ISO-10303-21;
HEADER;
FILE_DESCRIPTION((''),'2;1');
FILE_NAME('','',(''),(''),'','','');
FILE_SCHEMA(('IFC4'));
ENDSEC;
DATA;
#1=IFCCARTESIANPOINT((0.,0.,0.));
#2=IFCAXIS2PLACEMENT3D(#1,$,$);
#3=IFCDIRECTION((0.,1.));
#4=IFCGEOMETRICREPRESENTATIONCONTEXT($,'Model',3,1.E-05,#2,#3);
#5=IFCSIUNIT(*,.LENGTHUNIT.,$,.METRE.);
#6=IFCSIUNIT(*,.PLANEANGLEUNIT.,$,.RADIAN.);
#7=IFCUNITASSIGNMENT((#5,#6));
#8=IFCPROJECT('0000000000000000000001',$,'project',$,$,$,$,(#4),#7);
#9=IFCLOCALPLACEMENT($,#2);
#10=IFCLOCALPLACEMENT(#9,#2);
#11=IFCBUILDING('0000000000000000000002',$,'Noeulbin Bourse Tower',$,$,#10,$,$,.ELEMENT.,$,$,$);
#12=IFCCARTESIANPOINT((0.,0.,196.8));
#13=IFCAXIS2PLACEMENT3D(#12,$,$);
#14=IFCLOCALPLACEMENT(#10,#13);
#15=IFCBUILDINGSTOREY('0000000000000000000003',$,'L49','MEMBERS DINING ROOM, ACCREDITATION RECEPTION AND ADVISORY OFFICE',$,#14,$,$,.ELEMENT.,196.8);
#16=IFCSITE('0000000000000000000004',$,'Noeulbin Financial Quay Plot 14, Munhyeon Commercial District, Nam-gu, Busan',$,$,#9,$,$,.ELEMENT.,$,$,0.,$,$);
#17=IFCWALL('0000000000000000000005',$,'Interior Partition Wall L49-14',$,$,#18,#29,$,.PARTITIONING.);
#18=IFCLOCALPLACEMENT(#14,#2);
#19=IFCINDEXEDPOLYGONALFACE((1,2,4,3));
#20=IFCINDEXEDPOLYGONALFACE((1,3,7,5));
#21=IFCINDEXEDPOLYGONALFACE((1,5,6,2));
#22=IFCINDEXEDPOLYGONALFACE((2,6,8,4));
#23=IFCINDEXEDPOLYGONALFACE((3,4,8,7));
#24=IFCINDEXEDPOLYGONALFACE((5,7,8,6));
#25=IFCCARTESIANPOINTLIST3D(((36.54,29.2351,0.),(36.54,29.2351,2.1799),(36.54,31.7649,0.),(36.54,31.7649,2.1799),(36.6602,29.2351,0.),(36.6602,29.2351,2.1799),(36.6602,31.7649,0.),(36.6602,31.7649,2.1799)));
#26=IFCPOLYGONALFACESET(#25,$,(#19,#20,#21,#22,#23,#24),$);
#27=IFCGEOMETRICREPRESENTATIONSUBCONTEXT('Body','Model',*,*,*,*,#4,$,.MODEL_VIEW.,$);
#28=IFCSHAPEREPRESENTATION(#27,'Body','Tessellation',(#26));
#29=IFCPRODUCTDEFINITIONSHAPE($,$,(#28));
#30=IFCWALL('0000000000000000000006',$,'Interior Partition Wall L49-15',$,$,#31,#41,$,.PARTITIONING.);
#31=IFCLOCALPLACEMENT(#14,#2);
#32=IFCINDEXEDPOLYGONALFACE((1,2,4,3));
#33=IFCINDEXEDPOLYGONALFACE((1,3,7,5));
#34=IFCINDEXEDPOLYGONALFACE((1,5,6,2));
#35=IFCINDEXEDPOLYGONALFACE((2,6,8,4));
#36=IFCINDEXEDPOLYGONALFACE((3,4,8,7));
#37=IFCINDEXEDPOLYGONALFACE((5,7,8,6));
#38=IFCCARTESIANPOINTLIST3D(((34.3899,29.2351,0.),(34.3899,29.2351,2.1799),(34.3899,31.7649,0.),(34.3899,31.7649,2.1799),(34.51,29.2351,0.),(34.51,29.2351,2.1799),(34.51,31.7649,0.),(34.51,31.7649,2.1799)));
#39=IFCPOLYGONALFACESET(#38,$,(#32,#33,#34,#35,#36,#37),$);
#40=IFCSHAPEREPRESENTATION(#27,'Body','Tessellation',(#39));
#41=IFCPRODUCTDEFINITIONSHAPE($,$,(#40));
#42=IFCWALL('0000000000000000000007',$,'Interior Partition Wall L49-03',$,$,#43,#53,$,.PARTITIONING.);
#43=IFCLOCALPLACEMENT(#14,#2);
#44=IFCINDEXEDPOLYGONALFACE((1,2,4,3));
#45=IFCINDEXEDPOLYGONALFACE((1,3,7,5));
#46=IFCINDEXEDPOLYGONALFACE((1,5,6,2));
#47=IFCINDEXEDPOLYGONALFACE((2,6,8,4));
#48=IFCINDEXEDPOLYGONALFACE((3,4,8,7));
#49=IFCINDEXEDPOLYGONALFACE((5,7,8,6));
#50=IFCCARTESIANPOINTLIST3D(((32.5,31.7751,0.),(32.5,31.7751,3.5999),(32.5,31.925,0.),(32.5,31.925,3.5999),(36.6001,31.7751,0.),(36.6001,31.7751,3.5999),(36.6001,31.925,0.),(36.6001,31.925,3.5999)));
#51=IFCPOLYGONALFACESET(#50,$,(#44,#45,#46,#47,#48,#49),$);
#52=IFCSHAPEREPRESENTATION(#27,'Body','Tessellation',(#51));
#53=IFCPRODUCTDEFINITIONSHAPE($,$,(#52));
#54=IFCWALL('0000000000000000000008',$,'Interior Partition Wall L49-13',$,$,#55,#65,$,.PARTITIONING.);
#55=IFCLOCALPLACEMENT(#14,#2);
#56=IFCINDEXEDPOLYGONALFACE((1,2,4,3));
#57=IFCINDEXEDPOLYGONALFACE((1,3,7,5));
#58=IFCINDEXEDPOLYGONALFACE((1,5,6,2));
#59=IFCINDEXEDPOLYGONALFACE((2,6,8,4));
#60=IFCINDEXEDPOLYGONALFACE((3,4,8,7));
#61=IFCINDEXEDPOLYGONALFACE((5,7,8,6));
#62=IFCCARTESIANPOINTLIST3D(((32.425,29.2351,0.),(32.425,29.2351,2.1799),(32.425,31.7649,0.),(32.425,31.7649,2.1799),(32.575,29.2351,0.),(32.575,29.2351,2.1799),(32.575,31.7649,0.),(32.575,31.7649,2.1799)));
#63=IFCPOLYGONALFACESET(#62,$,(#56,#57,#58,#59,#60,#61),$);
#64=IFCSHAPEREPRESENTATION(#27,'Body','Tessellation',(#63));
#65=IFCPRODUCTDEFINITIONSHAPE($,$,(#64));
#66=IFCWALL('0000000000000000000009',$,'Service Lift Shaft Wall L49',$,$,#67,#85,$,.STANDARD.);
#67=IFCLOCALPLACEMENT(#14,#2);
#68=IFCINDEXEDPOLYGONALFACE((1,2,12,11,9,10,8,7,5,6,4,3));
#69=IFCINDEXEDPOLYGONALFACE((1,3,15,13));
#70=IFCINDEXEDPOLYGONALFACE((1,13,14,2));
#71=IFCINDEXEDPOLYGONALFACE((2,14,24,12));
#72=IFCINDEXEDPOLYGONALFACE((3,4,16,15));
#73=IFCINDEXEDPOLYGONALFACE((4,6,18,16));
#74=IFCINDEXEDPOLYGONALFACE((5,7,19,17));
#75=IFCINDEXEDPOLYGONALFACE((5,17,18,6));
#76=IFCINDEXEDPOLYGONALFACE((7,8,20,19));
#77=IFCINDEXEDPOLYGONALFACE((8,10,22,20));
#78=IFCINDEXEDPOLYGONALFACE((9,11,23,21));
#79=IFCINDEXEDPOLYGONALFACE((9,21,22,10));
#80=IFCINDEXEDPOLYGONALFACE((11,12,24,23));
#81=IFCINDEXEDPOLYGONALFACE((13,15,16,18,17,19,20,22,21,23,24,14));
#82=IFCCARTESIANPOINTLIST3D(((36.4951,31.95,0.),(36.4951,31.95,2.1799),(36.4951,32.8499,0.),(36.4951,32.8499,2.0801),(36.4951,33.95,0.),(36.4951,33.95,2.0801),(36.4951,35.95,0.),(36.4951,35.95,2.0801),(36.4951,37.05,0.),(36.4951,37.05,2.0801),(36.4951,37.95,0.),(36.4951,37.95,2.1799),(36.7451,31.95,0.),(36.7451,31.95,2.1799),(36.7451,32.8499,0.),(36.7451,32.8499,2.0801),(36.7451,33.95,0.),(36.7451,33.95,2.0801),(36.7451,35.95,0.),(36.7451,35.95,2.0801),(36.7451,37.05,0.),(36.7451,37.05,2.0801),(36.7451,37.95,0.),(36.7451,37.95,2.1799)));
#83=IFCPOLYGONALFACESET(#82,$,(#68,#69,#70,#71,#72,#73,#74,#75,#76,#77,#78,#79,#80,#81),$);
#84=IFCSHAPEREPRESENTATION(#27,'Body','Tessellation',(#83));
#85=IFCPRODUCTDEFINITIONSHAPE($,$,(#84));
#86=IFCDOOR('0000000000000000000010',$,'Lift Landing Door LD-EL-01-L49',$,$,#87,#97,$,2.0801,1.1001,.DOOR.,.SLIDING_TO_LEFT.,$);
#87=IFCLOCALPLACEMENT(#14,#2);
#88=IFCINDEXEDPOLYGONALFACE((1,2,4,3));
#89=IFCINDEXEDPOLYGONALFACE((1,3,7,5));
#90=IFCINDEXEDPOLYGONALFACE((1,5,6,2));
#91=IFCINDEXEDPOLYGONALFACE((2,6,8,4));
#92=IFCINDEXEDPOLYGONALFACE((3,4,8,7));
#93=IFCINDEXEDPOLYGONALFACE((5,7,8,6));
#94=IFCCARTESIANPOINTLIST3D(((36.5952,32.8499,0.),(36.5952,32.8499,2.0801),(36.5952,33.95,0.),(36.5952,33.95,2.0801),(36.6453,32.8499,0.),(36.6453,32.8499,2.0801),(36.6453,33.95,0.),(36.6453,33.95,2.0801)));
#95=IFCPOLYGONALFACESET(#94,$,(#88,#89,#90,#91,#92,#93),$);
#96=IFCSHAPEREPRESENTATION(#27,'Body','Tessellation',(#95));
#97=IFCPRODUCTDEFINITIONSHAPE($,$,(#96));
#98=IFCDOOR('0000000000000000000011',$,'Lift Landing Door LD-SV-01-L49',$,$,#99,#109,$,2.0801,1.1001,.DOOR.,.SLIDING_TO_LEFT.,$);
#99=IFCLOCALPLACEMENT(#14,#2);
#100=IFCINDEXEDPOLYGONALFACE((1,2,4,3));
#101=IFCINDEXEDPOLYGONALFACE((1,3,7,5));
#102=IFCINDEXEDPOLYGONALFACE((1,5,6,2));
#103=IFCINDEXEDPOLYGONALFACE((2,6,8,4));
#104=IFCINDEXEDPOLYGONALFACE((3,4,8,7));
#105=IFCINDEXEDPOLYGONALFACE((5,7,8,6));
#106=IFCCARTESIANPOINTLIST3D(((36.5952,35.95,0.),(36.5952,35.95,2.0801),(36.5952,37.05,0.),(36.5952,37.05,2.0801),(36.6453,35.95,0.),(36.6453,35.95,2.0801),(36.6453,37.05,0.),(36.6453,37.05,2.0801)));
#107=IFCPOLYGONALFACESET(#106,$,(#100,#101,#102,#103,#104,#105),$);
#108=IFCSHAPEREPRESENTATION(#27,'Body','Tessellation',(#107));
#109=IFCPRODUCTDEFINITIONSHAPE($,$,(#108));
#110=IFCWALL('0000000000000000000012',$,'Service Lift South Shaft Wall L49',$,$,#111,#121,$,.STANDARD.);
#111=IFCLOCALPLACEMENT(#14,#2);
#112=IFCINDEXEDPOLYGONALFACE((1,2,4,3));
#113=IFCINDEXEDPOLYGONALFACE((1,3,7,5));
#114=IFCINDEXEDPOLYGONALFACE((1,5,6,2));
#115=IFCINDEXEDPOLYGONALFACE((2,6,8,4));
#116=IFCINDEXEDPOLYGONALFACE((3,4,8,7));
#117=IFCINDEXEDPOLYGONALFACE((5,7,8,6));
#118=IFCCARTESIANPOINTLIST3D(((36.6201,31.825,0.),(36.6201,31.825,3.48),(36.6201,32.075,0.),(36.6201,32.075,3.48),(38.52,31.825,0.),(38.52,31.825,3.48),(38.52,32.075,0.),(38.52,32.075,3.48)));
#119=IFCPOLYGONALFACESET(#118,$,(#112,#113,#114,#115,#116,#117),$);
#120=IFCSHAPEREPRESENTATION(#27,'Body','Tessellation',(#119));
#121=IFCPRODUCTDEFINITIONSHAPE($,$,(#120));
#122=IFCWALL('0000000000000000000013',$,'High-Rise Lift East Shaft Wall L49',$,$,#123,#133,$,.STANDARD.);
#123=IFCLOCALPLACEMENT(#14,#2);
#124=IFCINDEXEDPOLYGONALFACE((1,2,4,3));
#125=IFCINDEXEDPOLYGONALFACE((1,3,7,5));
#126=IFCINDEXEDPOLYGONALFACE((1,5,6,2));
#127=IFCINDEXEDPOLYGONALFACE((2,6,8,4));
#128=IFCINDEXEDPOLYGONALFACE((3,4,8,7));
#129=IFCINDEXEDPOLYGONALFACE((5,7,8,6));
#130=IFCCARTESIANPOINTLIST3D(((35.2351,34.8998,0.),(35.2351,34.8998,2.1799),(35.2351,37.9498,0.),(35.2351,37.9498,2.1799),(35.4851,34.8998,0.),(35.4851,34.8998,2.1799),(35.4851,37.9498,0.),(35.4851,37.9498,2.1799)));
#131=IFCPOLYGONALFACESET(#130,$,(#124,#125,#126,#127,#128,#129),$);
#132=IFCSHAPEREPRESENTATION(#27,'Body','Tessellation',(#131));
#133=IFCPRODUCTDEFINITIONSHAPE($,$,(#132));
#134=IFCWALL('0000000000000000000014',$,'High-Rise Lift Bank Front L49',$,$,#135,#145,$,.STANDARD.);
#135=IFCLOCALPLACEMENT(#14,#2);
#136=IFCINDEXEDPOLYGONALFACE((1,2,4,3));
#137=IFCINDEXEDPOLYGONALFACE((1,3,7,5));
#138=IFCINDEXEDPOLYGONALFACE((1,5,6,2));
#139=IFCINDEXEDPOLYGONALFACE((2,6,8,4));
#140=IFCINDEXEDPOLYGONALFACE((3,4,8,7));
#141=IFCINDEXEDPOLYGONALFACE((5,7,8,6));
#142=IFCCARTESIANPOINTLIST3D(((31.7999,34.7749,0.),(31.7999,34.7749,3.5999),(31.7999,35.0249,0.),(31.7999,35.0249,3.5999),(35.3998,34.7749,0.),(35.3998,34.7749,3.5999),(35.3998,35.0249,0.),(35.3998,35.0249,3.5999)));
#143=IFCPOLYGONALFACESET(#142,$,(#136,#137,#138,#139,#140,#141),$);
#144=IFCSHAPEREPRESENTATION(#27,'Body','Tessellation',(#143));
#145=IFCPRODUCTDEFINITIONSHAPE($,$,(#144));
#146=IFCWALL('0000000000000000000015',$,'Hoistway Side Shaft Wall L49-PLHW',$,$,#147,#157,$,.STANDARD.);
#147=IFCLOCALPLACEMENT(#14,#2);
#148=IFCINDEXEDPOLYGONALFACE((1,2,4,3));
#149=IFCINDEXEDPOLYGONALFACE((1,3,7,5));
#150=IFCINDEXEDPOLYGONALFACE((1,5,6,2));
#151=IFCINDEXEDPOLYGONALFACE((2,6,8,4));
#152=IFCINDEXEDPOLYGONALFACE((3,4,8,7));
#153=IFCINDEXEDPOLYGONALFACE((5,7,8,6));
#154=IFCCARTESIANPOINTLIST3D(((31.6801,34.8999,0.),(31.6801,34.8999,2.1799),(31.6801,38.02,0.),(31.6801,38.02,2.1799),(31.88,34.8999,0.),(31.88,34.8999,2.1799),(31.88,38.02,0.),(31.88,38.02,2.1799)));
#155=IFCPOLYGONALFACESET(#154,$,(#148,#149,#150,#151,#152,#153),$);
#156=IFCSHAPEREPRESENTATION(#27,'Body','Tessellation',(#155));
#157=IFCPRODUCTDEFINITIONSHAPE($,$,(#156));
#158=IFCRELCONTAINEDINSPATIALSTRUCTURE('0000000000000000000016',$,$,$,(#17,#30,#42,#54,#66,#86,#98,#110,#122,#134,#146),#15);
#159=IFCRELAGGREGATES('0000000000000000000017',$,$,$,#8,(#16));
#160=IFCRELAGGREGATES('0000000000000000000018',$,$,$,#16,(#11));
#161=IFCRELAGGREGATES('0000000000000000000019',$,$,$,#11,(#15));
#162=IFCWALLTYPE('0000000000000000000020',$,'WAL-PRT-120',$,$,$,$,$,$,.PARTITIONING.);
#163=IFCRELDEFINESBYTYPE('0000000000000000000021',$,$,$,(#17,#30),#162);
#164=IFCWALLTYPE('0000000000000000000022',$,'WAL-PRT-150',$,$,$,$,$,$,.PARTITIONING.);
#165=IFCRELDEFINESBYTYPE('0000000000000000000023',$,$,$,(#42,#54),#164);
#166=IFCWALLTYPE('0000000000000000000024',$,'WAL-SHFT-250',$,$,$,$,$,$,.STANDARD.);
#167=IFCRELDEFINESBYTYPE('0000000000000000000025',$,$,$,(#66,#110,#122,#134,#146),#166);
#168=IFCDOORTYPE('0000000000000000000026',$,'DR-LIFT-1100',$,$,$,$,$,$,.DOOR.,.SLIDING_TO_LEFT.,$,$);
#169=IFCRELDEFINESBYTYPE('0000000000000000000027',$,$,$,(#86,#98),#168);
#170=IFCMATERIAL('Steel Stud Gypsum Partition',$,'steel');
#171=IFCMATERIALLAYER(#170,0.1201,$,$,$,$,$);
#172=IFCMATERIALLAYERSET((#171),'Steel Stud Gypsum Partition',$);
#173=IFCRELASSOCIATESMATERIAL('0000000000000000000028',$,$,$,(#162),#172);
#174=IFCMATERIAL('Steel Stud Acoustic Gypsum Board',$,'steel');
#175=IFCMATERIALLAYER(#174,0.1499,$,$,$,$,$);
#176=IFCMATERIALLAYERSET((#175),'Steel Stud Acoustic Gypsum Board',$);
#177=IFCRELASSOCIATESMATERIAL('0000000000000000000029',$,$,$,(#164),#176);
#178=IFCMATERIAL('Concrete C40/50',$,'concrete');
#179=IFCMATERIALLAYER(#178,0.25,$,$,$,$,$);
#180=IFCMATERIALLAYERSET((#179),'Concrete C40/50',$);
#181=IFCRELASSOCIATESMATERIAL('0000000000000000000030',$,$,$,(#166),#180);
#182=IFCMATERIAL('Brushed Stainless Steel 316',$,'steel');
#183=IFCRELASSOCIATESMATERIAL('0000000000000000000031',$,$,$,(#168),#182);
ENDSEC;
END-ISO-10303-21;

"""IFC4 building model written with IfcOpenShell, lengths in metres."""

from ifc_helpers import new_model, si_unit, direction, frame, frame_2d, origin, place, context, subcontext, project, spatial, rectangle, extrude, material, layer, layer_set, type_object, element, fill, save


model = new_model("IFC4")

# Units and contexts
model_context = context("Model", 3, precision=1e-05, world=origin(), true_north=direction((0.0, 1.0)))
body_context = subcontext(model_context, "Body", "Model", "MODEL_VIEW")
ifc_project = project(units=[si_unit("LENGTHUNIT", "METRE"), si_unit("PLANEANGLEUNIT", "RADIAN")], contexts=[model_context])

# Site, building, storey
site_placement = place(None, origin())
site = spatial("IfcSite", under=ifc_project, at=site_placement, Name="Noeulbin Financial Quay Plot 14, Munhyeon Commercial District, Nam-gu, Busan", CompositionType="ELEMENT", RefElevation=0.0)
building_placement = place(site_placement, origin())
building = spatial("IfcBuilding", under=site, at=building_placement, Name="Noeulbin Bourse Tower", CompositionType="ELEMENT")
storey_placement = place(building_placement, frame((0.0, 0.0, 196.8)))
storey = spatial("IfcBuildingStorey", under=building, at=storey_placement, Name="L49", Description="MEMBERS DINING ROOM, ACCREDITATION RECEPTION AND ADVISORY OFFICE", CompositionType="ELEMENT", Elevation=196.8)

# Walls
ifc_material_1 = material(Name="Steel Stud Gypsum Partition", Category="steel")
ifc_layer_1 = layer(ifc_material_1, 0.1201)
ifc_layer_set_1 = layer_set([ifc_layer_1], Name="Steel Stud Gypsum Partition")
wall_type_1 = type_object("IfcWallType", Name="WAL-PRT-120", PredefinedType="PARTITIONING", material=ifc_layer_set_1)
for number, where, z_axis, x_axis, name in (
    (1, (36.6001, 29.2351, 0.0), (0.0, 0.0, 1.0), (0.0, 1.0, 0.0), "Interior Partition Wall L49-14"),
    (2, (34.45, 29.2351, 0.0), (0.0, 0.0, 1.0), (0.0, 1.0, 0.0), "Interior Partition Wall L49-15"),
):
    element("IfcWall", number, at=place(storey_placement, frame(where, z_axis=z_axis, x_axis=x_axis)), inside=storey, type_object=wall_type_1, Name=name, PredefinedType="PARTITIONING", context=body_context, shape_type="SweptSolid", body=[
        extrude(rectangle(XDim=2.5298, YDim=0.1201, at=frame_2d((1.2649, 0.0))), origin(), (0.0, 0.0, 1.0), 2.1799),
    ])
ifc_material_2 = material(Name="Steel Stud Acoustic Gypsum Board", Category="steel")
ifc_layer_2 = layer(ifc_material_2, 0.1499)
ifc_layer_set_2 = layer_set([ifc_layer_2], Name="Steel Stud Acoustic Gypsum Board")
wall_type_2 = type_object("IfcWallType", Name="WAL-PRT-150", PredefinedType="PARTITIONING", material=ifc_layer_set_2)
wall_1_placement = place(storey_placement, frame((32.5, 31.8501, 0.0), z_axis=(0.0, 0.0, 1.0), x_axis=(1.0, 0.0, 0.0)))
element("IfcWall", 3, at=wall_1_placement, inside=storey, type_object=wall_type_2, Name="Interior Partition Wall L49-03", PredefinedType="PARTITIONING", context=body_context, shape_type="SweptSolid", body=[
    extrude(rectangle(XDim=4.1001, YDim=0.1499, at=frame_2d((2.05, 0.0))), origin(), (0.0, 0.0, 1.0), 3.5999),
])
wall_2_placement = place(storey_placement, frame((32.5, 29.2351, 0.0), z_axis=(0.0, 0.0, 1.0), x_axis=(0.0, 1.0, 0.0)))
element("IfcWall", 4, at=wall_2_placement, inside=storey, type_object=wall_type_2, Name="Interior Partition Wall L49-13", PredefinedType="PARTITIONING", context=body_context, shape_type="SweptSolid", body=[
    extrude(rectangle(XDim=2.5298, YDim=0.1499, at=frame_2d((1.2649, 0.0))), origin(), (0.0, 0.0, 1.0), 2.1799),
])

# Wall, openings, doors
ifc_material_3 = material(Name="Concrete C40/50", Category="concrete")
ifc_layer_3 = layer(ifc_material_3, 0.25)
ifc_layer_set_3 = layer_set([ifc_layer_3], Name="Concrete C40/50")
wall_type_3 = type_object("IfcWallType", Name="WAL-SHFT-250", PredefinedType="STANDARD", material=ifc_layer_set_3)
wall_3_placement = place(storey_placement, frame((36.6201, 31.95, 0.0), z_axis=(0.0, 0.0, 1.0), x_axis=(0.0, 1.0, 0.0)))
wall_3 = element("IfcWall", 5, at=wall_3_placement, inside=storey, type_object=wall_type_3, Name="Service Lift Shaft Wall L49", PredefinedType="STANDARD", context=body_context, shape_type="SweptSolid", body=[
    extrude(rectangle(XDim=6.0, YDim=0.25, at=frame_2d((3.0, 0.0))), origin(), (0.0, 0.0, 1.0), 2.1799),
])
opening_1_placement = place(wall_3_placement, frame((0.8999, 0.0, 0.0)))
opening_1 = element("IfcOpeningElement", 6, at=opening_1_placement, cuts=wall_3, PredefinedType="OPENING", context=body_context, shape_type="SweptSolid", body=[
    extrude(rectangle(XDim=1.1001, YDim=2.0801, at=frame_2d((0.55, 1.04))), frame((0.0, 0.135, 0.0), z_axis=(0.0, -1.0, 0.0), x_axis=(1.0, 0.0, 0.0)), (0.0, 0.0, 1.0), 0.27),
])
opening_2_placement = place(wall_3_placement, frame((4.0, 0.0, 0.0)))
opening_2 = element("IfcOpeningElement", 7, at=opening_2_placement, cuts=wall_3, PredefinedType="OPENING", context=body_context, shape_type="SweptSolid", body=[
    extrude(rectangle(XDim=1.1001, YDim=2.0801, at=frame_2d((0.55, 1.04))), frame((0.0, 0.135, 0.0), z_axis=(0.0, -1.0, 0.0), x_axis=(1.0, 0.0, 0.0)), (0.0, 0.0, 1.0), 0.27),
])
ifc_material_4 = material(Name="Brushed Stainless Steel 316", Category="steel")
door_type = type_object("IfcDoorType", Name="DR-LIFT-1100", OperationType="SLIDING_TO_LEFT", PredefinedType="DOOR", material=ifc_material_4)
door_1_placement = place(opening_1_placement, origin())
door_1 = element("IfcDoor", 8, at=door_1_placement, inside=storey, type_object=door_type, Name="Lift Landing Door LD-EL-01-L49", OperationType="SLIDING_TO_LEFT", OverallHeight=2.0801, OverallWidth=1.1001, PredefinedType="DOOR", context=body_context, shape_type="SweptSolid", body=[
    extrude(rectangle(XDim=1.1001, YDim=2.0801, at=frame_2d((0.55, 1.04))), frame((0.0, 0.0249, 0.0), z_axis=(0.0, -1.0, 0.0), x_axis=(1.0, 0.0, 0.0)), (0.0, 0.0, 1.0), 0.05),
])
fill(opening_1, door_1)
door_2_placement = place(opening_2_placement, origin())
door_2 = element("IfcDoor", 9, at=door_2_placement, inside=storey, type_object=door_type, Name="Lift Landing Door LD-SV-01-L49", OperationType="SLIDING_TO_LEFT", OverallHeight=2.0801, OverallWidth=1.1001, PredefinedType="DOOR", context=body_context, shape_type="SweptSolid", body=[
    extrude(rectangle(XDim=1.1001, YDim=2.0801, at=frame_2d((0.55, 1.04))), frame((0.0, 0.0249, 0.0), z_axis=(0.0, -1.0, 0.0), x_axis=(1.0, 0.0, 0.0)), (0.0, 0.0, 1.0), 0.05),
])
fill(opening_2, door_2)

# Walls
wall_4_placement = place(storey_placement, frame((36.6201, 31.95, 0.0), z_axis=(0.0, 0.0, 1.0), x_axis=(1.0, 0.0, 0.0)))
element("IfcWall", 10, at=wall_4_placement, inside=storey, type_object=wall_type_3, Name="Service Lift South Shaft Wall L49", PredefinedType="STANDARD", context=body_context, shape_type="SweptSolid", body=[
    extrude(rectangle(XDim=1.8999, YDim=0.25, at=frame_2d((0.95, 0.0))), origin(), (0.0, 0.0, 1.0), 3.48),
])
wall_5_placement = place(storey_placement, frame((35.3601, 34.8999, 0.0), z_axis=(0.0, 0.0, 1.0), x_axis=(0.0, 1.0, 0.0)))
element("IfcWall", 11, at=wall_5_placement, inside=storey, type_object=wall_type_3, Name="High-Rise Lift East Shaft Wall L49", PredefinedType="STANDARD", context=body_context, shape_type="SweptSolid", body=[
    extrude(rectangle(XDim=3.05, YDim=0.25, at=frame_2d((1.5249, 0.0))), origin(), (0.0, 0.0, 1.0), 2.1799),
])
wall_6_placement = place(storey_placement, frame((31.8, 34.8999, 0.0), z_axis=(0.0, 0.0, 1.0), x_axis=(1.0, 0.0, 0.0)))
element("IfcWall", 12, at=wall_6_placement, inside=storey, type_object=wall_type_3, Name="High-Rise Lift Bank Front L49", PredefinedType="STANDARD", context=body_context, shape_type="SweptSolid", body=[
    extrude(rectangle(XDim=3.5999, YDim=0.25, at=frame_2d((1.7998, 0.0))), origin(), (0.0, 0.0, 1.0), 3.5999),
])
wall_7_placement = place(storey_placement, frame((31.78, 34.8999, 0.0), z_axis=(0.0, 0.0, 1.0), x_axis=(0.0, 1.0, 0.0)))
element("IfcWall", 13, at=wall_7_placement, inside=storey, type_object=wall_type_3, Name="Hoistway Side Shaft Wall L49-PLHW", PredefinedType="STANDARD", context=body_context, shape_type="SweptSolid", body=[
    extrude(rectangle(XDim=3.1201, YDim=0.2, at=frame_2d((1.5601, 0.0))), origin(), (0.0, 0.0, 1.0), 2.1799),
])

save(model, "model.ifc")
